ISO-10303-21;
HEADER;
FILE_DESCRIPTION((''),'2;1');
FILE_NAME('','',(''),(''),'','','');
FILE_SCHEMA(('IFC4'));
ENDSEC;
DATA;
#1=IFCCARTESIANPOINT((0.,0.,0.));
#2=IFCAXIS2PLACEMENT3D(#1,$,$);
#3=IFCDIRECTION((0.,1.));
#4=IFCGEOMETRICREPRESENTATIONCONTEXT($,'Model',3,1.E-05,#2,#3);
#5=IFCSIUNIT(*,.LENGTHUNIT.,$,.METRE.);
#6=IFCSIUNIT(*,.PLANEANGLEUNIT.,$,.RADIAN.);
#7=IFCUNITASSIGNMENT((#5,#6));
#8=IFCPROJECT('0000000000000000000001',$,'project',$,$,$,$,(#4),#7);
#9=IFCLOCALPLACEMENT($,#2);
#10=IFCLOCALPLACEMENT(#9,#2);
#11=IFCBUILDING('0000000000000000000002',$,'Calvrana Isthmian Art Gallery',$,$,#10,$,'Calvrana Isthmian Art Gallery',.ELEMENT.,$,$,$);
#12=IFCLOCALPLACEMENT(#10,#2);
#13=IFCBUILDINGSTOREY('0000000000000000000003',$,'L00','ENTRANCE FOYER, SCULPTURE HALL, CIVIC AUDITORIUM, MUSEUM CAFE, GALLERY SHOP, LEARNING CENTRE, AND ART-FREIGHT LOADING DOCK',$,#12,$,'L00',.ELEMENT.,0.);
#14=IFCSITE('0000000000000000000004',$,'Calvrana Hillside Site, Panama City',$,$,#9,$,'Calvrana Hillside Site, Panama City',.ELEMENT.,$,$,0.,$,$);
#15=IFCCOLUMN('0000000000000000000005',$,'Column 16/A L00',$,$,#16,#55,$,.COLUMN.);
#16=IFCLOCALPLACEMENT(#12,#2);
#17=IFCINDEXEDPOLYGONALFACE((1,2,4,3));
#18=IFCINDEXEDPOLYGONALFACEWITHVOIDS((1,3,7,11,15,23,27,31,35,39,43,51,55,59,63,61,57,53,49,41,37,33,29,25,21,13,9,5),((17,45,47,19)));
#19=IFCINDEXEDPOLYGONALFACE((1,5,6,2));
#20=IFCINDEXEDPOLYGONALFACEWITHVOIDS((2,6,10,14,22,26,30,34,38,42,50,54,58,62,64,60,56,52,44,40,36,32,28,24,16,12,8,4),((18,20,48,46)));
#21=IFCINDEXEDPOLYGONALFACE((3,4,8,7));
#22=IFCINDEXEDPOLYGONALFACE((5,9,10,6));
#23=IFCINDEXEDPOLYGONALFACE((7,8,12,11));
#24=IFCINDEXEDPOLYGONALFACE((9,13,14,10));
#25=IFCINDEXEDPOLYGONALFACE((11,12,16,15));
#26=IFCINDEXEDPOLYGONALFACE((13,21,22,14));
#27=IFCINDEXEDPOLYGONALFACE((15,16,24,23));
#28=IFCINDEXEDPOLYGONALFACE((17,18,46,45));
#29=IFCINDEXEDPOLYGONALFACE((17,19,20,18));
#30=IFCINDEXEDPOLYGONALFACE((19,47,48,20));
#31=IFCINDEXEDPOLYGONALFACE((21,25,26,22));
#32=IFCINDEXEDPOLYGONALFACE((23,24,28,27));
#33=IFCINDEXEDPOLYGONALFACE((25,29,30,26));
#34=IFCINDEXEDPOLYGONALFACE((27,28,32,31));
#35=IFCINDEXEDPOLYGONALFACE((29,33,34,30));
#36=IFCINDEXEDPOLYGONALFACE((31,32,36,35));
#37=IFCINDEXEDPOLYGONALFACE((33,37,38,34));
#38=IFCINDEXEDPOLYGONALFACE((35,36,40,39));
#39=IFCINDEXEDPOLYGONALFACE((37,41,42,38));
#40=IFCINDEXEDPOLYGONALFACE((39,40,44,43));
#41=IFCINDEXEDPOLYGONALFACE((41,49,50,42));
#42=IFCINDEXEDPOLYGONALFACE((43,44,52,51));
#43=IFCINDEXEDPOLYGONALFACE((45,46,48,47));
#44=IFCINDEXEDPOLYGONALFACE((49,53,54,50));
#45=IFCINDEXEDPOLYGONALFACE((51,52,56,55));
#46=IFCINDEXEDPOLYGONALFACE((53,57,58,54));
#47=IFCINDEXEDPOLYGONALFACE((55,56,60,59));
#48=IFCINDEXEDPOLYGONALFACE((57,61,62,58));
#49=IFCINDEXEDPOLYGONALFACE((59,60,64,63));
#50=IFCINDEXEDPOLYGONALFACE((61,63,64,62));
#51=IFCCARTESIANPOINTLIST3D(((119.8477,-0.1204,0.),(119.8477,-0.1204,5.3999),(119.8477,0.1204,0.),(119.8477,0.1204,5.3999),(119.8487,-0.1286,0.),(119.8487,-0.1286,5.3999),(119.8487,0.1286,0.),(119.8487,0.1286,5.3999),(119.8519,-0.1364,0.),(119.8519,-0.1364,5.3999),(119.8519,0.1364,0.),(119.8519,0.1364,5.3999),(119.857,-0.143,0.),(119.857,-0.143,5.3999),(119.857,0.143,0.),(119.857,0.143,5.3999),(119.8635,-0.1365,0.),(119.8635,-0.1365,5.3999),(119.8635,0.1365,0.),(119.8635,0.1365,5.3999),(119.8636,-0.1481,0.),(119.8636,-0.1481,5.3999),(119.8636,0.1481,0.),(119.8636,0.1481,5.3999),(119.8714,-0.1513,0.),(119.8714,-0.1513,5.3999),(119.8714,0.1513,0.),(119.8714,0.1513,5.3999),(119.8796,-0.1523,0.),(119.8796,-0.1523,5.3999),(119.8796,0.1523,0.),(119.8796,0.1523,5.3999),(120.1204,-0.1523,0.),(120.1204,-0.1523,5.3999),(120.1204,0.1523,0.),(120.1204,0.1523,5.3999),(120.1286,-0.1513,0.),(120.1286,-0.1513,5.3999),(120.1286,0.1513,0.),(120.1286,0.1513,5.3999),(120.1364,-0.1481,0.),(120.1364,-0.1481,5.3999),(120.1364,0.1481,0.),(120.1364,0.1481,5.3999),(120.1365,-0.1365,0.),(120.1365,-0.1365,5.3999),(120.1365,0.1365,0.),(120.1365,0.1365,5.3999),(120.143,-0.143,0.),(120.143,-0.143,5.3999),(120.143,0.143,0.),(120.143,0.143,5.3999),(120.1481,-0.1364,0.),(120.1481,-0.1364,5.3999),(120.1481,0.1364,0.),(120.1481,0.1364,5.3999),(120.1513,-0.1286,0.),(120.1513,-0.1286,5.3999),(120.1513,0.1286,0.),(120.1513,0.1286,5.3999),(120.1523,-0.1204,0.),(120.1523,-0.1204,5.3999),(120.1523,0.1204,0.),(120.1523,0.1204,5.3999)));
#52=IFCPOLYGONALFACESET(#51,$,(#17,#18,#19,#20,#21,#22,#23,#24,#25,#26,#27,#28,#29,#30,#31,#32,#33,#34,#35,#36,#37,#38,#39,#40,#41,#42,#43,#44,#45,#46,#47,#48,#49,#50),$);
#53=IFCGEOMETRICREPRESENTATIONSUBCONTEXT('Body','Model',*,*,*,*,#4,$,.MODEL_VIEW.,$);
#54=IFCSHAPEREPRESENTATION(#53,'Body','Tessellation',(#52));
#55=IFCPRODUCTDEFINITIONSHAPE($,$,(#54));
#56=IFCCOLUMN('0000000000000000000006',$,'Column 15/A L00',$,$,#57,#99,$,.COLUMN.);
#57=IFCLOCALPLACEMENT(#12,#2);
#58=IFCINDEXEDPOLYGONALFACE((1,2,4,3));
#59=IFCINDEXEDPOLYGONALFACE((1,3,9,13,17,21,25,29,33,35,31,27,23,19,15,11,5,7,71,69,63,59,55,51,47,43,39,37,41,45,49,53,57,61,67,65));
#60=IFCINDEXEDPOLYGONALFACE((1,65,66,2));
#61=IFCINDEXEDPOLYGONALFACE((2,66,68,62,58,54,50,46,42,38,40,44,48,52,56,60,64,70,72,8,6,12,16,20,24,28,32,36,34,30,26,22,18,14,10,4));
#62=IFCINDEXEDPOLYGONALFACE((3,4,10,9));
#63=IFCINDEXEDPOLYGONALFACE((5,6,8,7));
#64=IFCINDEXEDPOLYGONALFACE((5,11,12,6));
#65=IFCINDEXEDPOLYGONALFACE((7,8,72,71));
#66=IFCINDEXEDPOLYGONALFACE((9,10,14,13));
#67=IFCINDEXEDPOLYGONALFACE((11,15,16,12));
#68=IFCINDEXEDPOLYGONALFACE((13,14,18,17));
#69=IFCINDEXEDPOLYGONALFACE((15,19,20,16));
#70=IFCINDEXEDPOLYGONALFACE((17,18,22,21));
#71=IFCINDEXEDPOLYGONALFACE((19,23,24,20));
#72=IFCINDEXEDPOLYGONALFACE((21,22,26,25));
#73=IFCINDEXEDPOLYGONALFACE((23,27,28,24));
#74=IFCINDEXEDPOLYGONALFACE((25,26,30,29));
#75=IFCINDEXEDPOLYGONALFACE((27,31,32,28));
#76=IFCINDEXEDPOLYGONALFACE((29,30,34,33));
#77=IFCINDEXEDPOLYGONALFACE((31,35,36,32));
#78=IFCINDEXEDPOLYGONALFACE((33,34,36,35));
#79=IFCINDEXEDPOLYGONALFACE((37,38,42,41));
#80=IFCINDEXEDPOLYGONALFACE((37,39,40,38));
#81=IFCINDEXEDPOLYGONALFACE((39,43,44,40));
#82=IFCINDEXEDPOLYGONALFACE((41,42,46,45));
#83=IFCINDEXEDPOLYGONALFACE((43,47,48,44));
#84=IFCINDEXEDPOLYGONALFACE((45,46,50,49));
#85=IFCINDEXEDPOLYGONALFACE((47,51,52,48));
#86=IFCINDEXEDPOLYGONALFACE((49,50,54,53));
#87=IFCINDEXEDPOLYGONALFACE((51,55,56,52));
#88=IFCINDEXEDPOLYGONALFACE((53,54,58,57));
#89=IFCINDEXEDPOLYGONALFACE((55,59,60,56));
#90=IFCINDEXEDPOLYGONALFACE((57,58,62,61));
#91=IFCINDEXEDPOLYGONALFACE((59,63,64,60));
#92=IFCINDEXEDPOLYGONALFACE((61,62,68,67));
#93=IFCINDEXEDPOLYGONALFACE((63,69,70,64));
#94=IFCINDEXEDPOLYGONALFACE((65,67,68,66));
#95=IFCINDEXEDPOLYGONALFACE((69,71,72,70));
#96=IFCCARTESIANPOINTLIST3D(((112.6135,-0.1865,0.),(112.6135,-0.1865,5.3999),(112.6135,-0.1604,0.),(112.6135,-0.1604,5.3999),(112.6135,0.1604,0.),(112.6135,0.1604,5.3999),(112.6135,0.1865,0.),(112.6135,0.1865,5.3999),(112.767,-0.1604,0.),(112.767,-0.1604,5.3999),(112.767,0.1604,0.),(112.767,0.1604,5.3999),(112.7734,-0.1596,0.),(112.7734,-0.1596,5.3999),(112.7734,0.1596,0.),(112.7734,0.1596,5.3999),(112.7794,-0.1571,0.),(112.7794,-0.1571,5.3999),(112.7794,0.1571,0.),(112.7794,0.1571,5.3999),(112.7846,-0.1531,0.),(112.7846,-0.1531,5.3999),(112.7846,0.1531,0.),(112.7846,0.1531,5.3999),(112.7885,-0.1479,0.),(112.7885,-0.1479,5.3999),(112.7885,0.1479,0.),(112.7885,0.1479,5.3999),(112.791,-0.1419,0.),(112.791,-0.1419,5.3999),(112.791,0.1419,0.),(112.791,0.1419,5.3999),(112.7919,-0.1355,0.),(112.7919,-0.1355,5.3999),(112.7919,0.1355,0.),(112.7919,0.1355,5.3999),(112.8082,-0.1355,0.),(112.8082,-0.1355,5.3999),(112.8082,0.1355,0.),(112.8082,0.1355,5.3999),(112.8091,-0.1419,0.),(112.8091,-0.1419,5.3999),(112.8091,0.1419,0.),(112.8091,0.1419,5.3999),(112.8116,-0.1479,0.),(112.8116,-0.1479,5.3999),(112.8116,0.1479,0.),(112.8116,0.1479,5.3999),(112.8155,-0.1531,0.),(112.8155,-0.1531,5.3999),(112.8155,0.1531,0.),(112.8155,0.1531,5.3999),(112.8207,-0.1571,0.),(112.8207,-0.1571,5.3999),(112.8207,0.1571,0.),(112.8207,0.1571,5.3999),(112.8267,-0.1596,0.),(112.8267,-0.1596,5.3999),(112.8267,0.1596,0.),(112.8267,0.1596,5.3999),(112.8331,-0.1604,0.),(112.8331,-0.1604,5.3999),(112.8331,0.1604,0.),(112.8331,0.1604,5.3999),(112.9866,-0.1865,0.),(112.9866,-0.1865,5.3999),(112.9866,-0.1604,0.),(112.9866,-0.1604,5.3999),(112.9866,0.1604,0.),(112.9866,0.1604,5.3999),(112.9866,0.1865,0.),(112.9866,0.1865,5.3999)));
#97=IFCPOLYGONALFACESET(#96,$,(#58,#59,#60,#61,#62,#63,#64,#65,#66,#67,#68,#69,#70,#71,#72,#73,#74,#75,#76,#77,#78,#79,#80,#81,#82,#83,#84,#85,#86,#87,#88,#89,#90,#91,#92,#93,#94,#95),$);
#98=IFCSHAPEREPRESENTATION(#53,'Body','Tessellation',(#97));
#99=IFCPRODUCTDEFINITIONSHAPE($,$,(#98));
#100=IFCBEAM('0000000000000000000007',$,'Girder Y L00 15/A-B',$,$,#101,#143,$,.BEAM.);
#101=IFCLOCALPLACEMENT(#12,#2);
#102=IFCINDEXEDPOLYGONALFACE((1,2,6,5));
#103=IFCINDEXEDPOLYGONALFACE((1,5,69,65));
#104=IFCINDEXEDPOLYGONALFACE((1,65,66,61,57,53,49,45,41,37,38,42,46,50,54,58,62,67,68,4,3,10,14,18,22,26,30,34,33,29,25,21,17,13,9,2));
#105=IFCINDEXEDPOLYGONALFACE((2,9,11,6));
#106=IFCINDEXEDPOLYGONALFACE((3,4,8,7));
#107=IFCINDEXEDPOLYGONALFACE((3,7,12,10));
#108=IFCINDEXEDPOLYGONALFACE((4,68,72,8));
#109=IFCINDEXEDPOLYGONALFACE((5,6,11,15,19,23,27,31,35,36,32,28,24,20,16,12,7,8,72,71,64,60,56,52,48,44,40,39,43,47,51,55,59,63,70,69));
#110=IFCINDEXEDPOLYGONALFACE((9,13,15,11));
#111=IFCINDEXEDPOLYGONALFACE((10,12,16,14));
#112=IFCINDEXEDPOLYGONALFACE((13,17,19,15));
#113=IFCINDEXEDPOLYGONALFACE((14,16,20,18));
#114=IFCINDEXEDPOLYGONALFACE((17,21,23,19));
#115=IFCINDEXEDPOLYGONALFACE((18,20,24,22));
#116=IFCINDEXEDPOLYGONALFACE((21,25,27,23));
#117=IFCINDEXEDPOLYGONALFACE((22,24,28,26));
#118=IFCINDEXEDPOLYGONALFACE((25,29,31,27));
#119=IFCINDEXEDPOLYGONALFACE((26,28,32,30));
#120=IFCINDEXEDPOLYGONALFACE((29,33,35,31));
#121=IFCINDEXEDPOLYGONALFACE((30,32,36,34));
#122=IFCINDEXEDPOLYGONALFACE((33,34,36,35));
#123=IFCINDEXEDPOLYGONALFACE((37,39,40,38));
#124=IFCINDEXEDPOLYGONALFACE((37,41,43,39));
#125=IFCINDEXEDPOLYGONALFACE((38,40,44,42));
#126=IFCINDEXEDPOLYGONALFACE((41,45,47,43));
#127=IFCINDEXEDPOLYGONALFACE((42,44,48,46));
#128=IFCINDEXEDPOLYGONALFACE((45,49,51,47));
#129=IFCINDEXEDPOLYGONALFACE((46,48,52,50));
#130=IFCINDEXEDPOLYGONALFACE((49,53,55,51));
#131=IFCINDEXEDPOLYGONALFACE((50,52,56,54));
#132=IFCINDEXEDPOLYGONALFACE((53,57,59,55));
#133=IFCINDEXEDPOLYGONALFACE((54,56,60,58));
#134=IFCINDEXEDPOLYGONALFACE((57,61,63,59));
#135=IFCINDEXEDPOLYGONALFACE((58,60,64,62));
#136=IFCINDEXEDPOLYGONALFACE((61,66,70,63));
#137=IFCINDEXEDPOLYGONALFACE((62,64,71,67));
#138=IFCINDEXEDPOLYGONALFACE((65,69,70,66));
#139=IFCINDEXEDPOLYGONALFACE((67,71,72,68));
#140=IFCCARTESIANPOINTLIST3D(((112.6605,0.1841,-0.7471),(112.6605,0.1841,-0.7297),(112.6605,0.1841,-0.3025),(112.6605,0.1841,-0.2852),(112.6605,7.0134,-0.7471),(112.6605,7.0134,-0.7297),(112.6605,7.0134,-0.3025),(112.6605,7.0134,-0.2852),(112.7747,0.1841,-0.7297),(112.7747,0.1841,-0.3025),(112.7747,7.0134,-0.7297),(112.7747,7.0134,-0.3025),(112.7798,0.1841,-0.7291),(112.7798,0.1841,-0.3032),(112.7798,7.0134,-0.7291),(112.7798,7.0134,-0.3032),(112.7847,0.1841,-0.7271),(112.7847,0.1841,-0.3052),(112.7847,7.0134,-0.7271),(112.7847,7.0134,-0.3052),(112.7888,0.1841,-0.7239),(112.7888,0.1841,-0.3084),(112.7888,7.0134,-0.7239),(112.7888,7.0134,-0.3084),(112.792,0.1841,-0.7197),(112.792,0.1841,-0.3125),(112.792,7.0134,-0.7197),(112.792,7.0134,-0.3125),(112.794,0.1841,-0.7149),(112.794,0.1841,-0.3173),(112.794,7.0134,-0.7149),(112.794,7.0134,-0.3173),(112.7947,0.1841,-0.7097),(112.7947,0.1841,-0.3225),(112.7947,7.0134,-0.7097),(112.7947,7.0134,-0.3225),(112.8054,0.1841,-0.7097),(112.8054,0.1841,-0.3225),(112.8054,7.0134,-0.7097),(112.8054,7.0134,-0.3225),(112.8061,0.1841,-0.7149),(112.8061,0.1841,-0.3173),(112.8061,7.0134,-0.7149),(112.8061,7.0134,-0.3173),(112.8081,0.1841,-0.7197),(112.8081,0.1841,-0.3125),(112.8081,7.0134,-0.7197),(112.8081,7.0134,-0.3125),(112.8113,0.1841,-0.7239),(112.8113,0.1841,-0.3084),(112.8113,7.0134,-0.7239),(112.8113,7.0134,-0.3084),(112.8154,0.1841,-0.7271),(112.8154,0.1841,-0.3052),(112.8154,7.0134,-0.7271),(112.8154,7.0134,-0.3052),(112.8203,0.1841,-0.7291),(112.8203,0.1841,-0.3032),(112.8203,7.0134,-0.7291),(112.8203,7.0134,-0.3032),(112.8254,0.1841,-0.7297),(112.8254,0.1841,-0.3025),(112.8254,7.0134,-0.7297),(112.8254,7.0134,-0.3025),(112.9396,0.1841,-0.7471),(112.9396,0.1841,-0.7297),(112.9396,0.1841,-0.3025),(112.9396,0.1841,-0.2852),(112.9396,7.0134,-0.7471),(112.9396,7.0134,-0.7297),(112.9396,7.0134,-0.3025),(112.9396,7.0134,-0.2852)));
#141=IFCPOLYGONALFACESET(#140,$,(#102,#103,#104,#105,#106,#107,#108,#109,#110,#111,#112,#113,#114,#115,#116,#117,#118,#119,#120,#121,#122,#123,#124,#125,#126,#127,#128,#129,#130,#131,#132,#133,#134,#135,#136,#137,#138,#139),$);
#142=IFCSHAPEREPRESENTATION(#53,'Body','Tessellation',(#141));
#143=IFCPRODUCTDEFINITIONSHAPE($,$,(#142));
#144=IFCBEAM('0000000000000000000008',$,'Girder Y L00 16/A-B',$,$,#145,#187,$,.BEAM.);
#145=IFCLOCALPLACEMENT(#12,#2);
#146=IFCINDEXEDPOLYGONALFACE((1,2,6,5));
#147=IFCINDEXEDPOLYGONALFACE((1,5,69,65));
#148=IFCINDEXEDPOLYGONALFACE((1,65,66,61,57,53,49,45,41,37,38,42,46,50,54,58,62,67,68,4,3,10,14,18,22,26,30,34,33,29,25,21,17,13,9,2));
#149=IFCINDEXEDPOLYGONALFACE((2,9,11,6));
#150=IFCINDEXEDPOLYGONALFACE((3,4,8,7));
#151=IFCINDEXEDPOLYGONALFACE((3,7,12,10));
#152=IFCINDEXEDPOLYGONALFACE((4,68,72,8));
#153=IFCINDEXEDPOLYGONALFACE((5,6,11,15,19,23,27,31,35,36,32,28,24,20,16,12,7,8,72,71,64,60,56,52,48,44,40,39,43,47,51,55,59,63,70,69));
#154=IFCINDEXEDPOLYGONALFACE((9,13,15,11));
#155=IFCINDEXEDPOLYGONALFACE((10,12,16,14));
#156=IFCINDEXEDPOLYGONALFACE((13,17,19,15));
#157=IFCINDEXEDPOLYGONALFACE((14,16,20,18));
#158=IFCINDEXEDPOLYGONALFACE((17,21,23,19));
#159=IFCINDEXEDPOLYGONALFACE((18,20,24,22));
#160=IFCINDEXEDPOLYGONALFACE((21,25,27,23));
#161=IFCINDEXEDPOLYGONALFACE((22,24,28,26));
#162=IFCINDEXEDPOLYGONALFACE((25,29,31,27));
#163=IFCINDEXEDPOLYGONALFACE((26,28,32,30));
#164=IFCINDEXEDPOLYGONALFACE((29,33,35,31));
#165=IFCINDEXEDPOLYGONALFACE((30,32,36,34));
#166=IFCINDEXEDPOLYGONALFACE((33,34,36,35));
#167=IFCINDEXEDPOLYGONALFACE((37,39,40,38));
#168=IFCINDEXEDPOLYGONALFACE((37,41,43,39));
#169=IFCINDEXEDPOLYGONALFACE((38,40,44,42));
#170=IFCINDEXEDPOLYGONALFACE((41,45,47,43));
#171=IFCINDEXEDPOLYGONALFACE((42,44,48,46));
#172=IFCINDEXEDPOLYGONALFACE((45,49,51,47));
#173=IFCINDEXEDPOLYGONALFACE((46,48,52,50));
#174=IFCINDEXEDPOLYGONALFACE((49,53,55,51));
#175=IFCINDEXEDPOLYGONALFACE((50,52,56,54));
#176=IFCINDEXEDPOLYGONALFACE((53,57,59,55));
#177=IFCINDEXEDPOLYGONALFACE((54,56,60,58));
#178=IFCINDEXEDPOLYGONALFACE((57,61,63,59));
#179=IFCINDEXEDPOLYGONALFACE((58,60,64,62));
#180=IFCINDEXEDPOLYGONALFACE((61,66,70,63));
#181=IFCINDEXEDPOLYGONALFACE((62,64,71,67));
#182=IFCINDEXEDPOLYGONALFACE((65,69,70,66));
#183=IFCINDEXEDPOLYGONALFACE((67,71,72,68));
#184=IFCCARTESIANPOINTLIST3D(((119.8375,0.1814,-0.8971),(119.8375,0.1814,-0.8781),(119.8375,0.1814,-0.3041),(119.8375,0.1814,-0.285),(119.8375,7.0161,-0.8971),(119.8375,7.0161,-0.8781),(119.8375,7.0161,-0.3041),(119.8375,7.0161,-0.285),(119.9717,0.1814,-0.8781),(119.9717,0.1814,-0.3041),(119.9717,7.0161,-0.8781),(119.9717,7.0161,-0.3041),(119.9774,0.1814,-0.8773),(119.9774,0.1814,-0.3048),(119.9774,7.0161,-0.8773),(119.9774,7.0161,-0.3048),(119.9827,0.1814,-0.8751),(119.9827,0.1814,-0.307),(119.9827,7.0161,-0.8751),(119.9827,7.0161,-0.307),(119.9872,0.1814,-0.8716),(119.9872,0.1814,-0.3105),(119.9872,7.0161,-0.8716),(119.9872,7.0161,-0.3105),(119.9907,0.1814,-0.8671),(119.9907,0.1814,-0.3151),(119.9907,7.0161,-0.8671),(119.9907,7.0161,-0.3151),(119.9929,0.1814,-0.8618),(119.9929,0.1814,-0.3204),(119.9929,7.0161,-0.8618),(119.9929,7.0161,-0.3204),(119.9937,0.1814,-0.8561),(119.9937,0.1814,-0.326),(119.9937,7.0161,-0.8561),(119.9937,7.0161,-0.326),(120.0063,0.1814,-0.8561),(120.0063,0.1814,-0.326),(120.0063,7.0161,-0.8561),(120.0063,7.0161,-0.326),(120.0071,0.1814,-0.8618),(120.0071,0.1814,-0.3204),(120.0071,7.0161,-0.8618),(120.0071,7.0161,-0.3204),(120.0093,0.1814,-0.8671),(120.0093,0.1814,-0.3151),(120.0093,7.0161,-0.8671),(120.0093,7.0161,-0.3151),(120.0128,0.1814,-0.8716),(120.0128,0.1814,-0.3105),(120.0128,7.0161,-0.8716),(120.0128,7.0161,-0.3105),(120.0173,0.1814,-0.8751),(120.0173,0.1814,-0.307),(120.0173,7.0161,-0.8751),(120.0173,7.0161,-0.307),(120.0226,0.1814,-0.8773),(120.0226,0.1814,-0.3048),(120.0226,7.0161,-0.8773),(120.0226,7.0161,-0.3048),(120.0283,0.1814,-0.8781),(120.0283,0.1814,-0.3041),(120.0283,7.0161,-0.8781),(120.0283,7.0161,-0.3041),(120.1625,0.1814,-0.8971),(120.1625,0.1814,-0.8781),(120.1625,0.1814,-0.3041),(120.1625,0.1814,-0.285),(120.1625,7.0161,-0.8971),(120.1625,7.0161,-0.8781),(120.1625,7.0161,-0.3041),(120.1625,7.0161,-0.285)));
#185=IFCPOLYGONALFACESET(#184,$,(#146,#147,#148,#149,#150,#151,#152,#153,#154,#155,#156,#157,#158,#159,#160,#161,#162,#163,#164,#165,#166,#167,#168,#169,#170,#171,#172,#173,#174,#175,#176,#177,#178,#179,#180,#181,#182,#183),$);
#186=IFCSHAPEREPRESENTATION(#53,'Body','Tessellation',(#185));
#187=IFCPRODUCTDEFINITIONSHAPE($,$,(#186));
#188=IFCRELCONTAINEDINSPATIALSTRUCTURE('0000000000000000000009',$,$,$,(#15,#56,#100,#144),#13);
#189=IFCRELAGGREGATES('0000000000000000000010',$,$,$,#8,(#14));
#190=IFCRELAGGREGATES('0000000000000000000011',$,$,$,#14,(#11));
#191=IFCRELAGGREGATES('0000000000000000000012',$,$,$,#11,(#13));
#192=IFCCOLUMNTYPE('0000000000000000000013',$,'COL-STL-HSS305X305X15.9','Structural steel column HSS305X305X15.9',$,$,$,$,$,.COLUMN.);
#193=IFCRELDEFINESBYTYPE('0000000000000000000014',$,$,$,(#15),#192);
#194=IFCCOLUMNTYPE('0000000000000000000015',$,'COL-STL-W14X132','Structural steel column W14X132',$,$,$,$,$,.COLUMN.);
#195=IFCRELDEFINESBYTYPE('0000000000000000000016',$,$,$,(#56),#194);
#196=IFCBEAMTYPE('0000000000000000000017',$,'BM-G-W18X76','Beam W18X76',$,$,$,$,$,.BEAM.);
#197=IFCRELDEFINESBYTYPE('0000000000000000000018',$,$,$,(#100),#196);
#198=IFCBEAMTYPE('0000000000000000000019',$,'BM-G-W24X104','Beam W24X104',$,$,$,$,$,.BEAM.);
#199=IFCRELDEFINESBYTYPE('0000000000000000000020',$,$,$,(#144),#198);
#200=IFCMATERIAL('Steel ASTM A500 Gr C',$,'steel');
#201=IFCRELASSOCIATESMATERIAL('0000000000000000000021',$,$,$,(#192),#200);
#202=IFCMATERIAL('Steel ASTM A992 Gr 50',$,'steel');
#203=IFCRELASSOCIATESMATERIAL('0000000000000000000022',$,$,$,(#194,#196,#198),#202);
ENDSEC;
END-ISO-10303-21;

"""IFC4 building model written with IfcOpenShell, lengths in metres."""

from ifc_helpers import new_model, si_unit, direction, frame, origin, origin_2d, place, context, subcontext, project, spatial, hollow_rectangle, i_section, extrude, material, material_profile, profile_set, type_object, element, save


model = new_model("IFC4")

# Units and contexts
model_context = context("Model", 3, precision=1e-05, world=origin(), true_north=direction((0.0, 1.0)))
body_context = subcontext(model_context, "Body", "Model", "MODEL_VIEW")
ifc_project = project(units=[si_unit("LENGTHUNIT", "METRE"), si_unit("PLANEANGLEUNIT", "RADIAN")], contexts=[model_context])

# Site, building, storey
site_placement = place(None, origin())
site = spatial("IfcSite", under=ifc_project, at=site_placement, Name="Calvrana Hillside Site, Panama City", LongName="Calvrana Hillside Site, Panama City", CompositionType="ELEMENT", RefElevation=0.0)
building_placement = place(site_placement, origin())
building = spatial("IfcBuilding", under=site, at=building_placement, Name="Calvrana Isthmian Art Gallery", LongName="Calvrana Isthmian Art Gallery", CompositionType="ELEMENT")
storey_placement = place(building_placement, origin())
storey = spatial("IfcBuildingStorey", under=building, at=storey_placement, Name="L00", Description="ENTRANCE FOYER, SCULPTURE HALL, CIVIC AUDITORIUM, MUSEUM CAFE, GALLERY SHOP, LEARNING CENTRE, AND ART-FREIGHT LOADING DOCK", LongName="L00", CompositionType="ELEMENT", Elevation=0.0)

# Columns
ifc_material_1 = material(Name="Steel ASTM A500 Gr C", Category="steel")
ifc_material_profile_1 = material_profile(ifc_material_1, hollow_rectangle(XDim=0.3047, YDim=0.3047, WallThickness=0.0159, OuterFilletRadius=0.032, at=origin_2d()), Name="HSS305X305X15.9")
ifc_profile_set_1 = profile_set([ifc_material_profile_1], Name="Steel ASTM A500 Gr C")
column_type_1 = type_object("IfcColumnType", Name="COL-STL-HSS305X305X15.9", Description="Structural steel column HSS305X305X15.9", PredefinedType="COLUMN", material=ifc_profile_set_1)
column_1_placement = place(storey_placement, frame((120.0, 0.0, 0.0), z_axis=(0.0, 0.0, 1.0), x_axis=(1.0, 0.0, 0.0)))
element("IfcColumn", 1, at=column_1_placement, inside=storey, type_object=column_type_1, Name="Column 16/A L00", PredefinedType="COLUMN", context=body_context, shape_type="SweptSolid", body=[
    extrude(hollow_rectangle(XDim=0.3047, YDim=0.3047, WallThickness=0.0159, OuterFilletRadius=0.032, at=origin_2d()), origin(), (0.0, 0.0, 1.0), 5.3999),
])
ifc_material_2 = material(Name="Steel ASTM A992 Gr 50", Category="steel")
ifc_material_profile_2 = material_profile(ifc_material_2, i_section(OverallWidth=0.373, OverallDepth=0.373, WebThickness=0.0164, FlangeThickness=0.0261, FilletRadius=0.0249, at=origin_2d()), Name="W14X132")
ifc_profile_set_2 = profile_set([ifc_material_profile_2], Name="Steel ASTM A992 Gr 50")
column_type_2 = type_object("IfcColumnType", Name="COL-STL-W14X132", Description="Structural steel column W14X132", PredefinedType="COLUMN", material=ifc_profile_set_2)
column_2_placement = place(storey_placement, frame((112.8, 0.0, 0.0), z_axis=(0.0, 0.0, 1.0), x_axis=(1.0, 0.0, 0.0)))
element("IfcColumn", 2, at=column_2_placement, inside=storey, type_object=column_type_2, Name="Column 15/A L00", PredefinedType="COLUMN", context=body_context, shape_type="SweptSolid", body=[
    extrude(i_section(OverallWidth=0.373, OverallDepth=0.373, WebThickness=0.0164, FlangeThickness=0.0261, FilletRadius=0.0249, at=origin_2d()), origin(), (0.0, 0.0, 1.0), 5.3999),
])

# Beams
ifc_material_profile_3 = material_profile(ifc_material_2, i_section(OverallWidth=0.2791, OverallDepth=0.4619, WebThickness=0.0107, FlangeThickness=0.0173, FilletRadius=0.02, at=origin_2d()), Name="W18X76")
ifc_profile_set_3 = profile_set([ifc_material_profile_3], Name="Steel ASTM A992 Gr 50")
beam_type_1 = type_object("IfcBeamType", Name="BM-G-W18X76", Description="Beam W18X76", PredefinedType="BEAM", material=ifc_profile_set_3)
beam_1_placement = place(storey_placement, frame((112.8, 0.1841, -0.5161), z_axis=(0.0, 1.0, 0.0), x_axis=(-1.0, 0.0, 0.0)))
element("IfcBeam", 3, at=beam_1_placement, inside=storey, type_object=beam_type_1, Name="Girder Y L00 15/A-B", PredefinedType="BEAM", context=body_context, shape_type="SweptSolid", body=[
    extrude(i_section(OverallWidth=0.2791, OverallDepth=0.4619, WebThickness=0.0107, FlangeThickness=0.0173, FilletRadius=0.02, at=origin_2d()), origin(), (0.0, 0.0, 1.0), 6.8293),
])
ifc_material_profile_4 = material_profile(ifc_material_2, i_section(OverallWidth=0.325, OverallDepth=0.6121, WebThickness=0.0127, FlangeThickness=0.019, FilletRadius=0.022, at=origin_2d()), Name="W24X104")
ifc_profile_set_4 = profile_set([ifc_material_profile_4], Name="Steel ASTM A992 Gr 50")
beam_type_2 = type_object("IfcBeamType", Name="BM-G-W24X104", Description="Beam W24X104", PredefinedType="BEAM", material=ifc_profile_set_4)
beam_2_placement = place(storey_placement, frame((120.0, 0.1814, -0.5911), z_axis=(0.0, 1.0, 0.0), x_axis=(-1.0, 0.0, 0.0)))
element("IfcBeam", 4, at=beam_2_placement, inside=storey, type_object=beam_type_2, Name="Girder Y L00 16/A-B", PredefinedType="BEAM", context=body_context, shape_type="SweptSolid", body=[
    extrude(i_section(OverallWidth=0.325, OverallDepth=0.6121, WebThickness=0.0127, FlangeThickness=0.019, FilletRadius=0.022, at=origin_2d()), origin(), (0.0, 0.0, 1.0), 6.8347),
])

save(model, "model.ifc")
